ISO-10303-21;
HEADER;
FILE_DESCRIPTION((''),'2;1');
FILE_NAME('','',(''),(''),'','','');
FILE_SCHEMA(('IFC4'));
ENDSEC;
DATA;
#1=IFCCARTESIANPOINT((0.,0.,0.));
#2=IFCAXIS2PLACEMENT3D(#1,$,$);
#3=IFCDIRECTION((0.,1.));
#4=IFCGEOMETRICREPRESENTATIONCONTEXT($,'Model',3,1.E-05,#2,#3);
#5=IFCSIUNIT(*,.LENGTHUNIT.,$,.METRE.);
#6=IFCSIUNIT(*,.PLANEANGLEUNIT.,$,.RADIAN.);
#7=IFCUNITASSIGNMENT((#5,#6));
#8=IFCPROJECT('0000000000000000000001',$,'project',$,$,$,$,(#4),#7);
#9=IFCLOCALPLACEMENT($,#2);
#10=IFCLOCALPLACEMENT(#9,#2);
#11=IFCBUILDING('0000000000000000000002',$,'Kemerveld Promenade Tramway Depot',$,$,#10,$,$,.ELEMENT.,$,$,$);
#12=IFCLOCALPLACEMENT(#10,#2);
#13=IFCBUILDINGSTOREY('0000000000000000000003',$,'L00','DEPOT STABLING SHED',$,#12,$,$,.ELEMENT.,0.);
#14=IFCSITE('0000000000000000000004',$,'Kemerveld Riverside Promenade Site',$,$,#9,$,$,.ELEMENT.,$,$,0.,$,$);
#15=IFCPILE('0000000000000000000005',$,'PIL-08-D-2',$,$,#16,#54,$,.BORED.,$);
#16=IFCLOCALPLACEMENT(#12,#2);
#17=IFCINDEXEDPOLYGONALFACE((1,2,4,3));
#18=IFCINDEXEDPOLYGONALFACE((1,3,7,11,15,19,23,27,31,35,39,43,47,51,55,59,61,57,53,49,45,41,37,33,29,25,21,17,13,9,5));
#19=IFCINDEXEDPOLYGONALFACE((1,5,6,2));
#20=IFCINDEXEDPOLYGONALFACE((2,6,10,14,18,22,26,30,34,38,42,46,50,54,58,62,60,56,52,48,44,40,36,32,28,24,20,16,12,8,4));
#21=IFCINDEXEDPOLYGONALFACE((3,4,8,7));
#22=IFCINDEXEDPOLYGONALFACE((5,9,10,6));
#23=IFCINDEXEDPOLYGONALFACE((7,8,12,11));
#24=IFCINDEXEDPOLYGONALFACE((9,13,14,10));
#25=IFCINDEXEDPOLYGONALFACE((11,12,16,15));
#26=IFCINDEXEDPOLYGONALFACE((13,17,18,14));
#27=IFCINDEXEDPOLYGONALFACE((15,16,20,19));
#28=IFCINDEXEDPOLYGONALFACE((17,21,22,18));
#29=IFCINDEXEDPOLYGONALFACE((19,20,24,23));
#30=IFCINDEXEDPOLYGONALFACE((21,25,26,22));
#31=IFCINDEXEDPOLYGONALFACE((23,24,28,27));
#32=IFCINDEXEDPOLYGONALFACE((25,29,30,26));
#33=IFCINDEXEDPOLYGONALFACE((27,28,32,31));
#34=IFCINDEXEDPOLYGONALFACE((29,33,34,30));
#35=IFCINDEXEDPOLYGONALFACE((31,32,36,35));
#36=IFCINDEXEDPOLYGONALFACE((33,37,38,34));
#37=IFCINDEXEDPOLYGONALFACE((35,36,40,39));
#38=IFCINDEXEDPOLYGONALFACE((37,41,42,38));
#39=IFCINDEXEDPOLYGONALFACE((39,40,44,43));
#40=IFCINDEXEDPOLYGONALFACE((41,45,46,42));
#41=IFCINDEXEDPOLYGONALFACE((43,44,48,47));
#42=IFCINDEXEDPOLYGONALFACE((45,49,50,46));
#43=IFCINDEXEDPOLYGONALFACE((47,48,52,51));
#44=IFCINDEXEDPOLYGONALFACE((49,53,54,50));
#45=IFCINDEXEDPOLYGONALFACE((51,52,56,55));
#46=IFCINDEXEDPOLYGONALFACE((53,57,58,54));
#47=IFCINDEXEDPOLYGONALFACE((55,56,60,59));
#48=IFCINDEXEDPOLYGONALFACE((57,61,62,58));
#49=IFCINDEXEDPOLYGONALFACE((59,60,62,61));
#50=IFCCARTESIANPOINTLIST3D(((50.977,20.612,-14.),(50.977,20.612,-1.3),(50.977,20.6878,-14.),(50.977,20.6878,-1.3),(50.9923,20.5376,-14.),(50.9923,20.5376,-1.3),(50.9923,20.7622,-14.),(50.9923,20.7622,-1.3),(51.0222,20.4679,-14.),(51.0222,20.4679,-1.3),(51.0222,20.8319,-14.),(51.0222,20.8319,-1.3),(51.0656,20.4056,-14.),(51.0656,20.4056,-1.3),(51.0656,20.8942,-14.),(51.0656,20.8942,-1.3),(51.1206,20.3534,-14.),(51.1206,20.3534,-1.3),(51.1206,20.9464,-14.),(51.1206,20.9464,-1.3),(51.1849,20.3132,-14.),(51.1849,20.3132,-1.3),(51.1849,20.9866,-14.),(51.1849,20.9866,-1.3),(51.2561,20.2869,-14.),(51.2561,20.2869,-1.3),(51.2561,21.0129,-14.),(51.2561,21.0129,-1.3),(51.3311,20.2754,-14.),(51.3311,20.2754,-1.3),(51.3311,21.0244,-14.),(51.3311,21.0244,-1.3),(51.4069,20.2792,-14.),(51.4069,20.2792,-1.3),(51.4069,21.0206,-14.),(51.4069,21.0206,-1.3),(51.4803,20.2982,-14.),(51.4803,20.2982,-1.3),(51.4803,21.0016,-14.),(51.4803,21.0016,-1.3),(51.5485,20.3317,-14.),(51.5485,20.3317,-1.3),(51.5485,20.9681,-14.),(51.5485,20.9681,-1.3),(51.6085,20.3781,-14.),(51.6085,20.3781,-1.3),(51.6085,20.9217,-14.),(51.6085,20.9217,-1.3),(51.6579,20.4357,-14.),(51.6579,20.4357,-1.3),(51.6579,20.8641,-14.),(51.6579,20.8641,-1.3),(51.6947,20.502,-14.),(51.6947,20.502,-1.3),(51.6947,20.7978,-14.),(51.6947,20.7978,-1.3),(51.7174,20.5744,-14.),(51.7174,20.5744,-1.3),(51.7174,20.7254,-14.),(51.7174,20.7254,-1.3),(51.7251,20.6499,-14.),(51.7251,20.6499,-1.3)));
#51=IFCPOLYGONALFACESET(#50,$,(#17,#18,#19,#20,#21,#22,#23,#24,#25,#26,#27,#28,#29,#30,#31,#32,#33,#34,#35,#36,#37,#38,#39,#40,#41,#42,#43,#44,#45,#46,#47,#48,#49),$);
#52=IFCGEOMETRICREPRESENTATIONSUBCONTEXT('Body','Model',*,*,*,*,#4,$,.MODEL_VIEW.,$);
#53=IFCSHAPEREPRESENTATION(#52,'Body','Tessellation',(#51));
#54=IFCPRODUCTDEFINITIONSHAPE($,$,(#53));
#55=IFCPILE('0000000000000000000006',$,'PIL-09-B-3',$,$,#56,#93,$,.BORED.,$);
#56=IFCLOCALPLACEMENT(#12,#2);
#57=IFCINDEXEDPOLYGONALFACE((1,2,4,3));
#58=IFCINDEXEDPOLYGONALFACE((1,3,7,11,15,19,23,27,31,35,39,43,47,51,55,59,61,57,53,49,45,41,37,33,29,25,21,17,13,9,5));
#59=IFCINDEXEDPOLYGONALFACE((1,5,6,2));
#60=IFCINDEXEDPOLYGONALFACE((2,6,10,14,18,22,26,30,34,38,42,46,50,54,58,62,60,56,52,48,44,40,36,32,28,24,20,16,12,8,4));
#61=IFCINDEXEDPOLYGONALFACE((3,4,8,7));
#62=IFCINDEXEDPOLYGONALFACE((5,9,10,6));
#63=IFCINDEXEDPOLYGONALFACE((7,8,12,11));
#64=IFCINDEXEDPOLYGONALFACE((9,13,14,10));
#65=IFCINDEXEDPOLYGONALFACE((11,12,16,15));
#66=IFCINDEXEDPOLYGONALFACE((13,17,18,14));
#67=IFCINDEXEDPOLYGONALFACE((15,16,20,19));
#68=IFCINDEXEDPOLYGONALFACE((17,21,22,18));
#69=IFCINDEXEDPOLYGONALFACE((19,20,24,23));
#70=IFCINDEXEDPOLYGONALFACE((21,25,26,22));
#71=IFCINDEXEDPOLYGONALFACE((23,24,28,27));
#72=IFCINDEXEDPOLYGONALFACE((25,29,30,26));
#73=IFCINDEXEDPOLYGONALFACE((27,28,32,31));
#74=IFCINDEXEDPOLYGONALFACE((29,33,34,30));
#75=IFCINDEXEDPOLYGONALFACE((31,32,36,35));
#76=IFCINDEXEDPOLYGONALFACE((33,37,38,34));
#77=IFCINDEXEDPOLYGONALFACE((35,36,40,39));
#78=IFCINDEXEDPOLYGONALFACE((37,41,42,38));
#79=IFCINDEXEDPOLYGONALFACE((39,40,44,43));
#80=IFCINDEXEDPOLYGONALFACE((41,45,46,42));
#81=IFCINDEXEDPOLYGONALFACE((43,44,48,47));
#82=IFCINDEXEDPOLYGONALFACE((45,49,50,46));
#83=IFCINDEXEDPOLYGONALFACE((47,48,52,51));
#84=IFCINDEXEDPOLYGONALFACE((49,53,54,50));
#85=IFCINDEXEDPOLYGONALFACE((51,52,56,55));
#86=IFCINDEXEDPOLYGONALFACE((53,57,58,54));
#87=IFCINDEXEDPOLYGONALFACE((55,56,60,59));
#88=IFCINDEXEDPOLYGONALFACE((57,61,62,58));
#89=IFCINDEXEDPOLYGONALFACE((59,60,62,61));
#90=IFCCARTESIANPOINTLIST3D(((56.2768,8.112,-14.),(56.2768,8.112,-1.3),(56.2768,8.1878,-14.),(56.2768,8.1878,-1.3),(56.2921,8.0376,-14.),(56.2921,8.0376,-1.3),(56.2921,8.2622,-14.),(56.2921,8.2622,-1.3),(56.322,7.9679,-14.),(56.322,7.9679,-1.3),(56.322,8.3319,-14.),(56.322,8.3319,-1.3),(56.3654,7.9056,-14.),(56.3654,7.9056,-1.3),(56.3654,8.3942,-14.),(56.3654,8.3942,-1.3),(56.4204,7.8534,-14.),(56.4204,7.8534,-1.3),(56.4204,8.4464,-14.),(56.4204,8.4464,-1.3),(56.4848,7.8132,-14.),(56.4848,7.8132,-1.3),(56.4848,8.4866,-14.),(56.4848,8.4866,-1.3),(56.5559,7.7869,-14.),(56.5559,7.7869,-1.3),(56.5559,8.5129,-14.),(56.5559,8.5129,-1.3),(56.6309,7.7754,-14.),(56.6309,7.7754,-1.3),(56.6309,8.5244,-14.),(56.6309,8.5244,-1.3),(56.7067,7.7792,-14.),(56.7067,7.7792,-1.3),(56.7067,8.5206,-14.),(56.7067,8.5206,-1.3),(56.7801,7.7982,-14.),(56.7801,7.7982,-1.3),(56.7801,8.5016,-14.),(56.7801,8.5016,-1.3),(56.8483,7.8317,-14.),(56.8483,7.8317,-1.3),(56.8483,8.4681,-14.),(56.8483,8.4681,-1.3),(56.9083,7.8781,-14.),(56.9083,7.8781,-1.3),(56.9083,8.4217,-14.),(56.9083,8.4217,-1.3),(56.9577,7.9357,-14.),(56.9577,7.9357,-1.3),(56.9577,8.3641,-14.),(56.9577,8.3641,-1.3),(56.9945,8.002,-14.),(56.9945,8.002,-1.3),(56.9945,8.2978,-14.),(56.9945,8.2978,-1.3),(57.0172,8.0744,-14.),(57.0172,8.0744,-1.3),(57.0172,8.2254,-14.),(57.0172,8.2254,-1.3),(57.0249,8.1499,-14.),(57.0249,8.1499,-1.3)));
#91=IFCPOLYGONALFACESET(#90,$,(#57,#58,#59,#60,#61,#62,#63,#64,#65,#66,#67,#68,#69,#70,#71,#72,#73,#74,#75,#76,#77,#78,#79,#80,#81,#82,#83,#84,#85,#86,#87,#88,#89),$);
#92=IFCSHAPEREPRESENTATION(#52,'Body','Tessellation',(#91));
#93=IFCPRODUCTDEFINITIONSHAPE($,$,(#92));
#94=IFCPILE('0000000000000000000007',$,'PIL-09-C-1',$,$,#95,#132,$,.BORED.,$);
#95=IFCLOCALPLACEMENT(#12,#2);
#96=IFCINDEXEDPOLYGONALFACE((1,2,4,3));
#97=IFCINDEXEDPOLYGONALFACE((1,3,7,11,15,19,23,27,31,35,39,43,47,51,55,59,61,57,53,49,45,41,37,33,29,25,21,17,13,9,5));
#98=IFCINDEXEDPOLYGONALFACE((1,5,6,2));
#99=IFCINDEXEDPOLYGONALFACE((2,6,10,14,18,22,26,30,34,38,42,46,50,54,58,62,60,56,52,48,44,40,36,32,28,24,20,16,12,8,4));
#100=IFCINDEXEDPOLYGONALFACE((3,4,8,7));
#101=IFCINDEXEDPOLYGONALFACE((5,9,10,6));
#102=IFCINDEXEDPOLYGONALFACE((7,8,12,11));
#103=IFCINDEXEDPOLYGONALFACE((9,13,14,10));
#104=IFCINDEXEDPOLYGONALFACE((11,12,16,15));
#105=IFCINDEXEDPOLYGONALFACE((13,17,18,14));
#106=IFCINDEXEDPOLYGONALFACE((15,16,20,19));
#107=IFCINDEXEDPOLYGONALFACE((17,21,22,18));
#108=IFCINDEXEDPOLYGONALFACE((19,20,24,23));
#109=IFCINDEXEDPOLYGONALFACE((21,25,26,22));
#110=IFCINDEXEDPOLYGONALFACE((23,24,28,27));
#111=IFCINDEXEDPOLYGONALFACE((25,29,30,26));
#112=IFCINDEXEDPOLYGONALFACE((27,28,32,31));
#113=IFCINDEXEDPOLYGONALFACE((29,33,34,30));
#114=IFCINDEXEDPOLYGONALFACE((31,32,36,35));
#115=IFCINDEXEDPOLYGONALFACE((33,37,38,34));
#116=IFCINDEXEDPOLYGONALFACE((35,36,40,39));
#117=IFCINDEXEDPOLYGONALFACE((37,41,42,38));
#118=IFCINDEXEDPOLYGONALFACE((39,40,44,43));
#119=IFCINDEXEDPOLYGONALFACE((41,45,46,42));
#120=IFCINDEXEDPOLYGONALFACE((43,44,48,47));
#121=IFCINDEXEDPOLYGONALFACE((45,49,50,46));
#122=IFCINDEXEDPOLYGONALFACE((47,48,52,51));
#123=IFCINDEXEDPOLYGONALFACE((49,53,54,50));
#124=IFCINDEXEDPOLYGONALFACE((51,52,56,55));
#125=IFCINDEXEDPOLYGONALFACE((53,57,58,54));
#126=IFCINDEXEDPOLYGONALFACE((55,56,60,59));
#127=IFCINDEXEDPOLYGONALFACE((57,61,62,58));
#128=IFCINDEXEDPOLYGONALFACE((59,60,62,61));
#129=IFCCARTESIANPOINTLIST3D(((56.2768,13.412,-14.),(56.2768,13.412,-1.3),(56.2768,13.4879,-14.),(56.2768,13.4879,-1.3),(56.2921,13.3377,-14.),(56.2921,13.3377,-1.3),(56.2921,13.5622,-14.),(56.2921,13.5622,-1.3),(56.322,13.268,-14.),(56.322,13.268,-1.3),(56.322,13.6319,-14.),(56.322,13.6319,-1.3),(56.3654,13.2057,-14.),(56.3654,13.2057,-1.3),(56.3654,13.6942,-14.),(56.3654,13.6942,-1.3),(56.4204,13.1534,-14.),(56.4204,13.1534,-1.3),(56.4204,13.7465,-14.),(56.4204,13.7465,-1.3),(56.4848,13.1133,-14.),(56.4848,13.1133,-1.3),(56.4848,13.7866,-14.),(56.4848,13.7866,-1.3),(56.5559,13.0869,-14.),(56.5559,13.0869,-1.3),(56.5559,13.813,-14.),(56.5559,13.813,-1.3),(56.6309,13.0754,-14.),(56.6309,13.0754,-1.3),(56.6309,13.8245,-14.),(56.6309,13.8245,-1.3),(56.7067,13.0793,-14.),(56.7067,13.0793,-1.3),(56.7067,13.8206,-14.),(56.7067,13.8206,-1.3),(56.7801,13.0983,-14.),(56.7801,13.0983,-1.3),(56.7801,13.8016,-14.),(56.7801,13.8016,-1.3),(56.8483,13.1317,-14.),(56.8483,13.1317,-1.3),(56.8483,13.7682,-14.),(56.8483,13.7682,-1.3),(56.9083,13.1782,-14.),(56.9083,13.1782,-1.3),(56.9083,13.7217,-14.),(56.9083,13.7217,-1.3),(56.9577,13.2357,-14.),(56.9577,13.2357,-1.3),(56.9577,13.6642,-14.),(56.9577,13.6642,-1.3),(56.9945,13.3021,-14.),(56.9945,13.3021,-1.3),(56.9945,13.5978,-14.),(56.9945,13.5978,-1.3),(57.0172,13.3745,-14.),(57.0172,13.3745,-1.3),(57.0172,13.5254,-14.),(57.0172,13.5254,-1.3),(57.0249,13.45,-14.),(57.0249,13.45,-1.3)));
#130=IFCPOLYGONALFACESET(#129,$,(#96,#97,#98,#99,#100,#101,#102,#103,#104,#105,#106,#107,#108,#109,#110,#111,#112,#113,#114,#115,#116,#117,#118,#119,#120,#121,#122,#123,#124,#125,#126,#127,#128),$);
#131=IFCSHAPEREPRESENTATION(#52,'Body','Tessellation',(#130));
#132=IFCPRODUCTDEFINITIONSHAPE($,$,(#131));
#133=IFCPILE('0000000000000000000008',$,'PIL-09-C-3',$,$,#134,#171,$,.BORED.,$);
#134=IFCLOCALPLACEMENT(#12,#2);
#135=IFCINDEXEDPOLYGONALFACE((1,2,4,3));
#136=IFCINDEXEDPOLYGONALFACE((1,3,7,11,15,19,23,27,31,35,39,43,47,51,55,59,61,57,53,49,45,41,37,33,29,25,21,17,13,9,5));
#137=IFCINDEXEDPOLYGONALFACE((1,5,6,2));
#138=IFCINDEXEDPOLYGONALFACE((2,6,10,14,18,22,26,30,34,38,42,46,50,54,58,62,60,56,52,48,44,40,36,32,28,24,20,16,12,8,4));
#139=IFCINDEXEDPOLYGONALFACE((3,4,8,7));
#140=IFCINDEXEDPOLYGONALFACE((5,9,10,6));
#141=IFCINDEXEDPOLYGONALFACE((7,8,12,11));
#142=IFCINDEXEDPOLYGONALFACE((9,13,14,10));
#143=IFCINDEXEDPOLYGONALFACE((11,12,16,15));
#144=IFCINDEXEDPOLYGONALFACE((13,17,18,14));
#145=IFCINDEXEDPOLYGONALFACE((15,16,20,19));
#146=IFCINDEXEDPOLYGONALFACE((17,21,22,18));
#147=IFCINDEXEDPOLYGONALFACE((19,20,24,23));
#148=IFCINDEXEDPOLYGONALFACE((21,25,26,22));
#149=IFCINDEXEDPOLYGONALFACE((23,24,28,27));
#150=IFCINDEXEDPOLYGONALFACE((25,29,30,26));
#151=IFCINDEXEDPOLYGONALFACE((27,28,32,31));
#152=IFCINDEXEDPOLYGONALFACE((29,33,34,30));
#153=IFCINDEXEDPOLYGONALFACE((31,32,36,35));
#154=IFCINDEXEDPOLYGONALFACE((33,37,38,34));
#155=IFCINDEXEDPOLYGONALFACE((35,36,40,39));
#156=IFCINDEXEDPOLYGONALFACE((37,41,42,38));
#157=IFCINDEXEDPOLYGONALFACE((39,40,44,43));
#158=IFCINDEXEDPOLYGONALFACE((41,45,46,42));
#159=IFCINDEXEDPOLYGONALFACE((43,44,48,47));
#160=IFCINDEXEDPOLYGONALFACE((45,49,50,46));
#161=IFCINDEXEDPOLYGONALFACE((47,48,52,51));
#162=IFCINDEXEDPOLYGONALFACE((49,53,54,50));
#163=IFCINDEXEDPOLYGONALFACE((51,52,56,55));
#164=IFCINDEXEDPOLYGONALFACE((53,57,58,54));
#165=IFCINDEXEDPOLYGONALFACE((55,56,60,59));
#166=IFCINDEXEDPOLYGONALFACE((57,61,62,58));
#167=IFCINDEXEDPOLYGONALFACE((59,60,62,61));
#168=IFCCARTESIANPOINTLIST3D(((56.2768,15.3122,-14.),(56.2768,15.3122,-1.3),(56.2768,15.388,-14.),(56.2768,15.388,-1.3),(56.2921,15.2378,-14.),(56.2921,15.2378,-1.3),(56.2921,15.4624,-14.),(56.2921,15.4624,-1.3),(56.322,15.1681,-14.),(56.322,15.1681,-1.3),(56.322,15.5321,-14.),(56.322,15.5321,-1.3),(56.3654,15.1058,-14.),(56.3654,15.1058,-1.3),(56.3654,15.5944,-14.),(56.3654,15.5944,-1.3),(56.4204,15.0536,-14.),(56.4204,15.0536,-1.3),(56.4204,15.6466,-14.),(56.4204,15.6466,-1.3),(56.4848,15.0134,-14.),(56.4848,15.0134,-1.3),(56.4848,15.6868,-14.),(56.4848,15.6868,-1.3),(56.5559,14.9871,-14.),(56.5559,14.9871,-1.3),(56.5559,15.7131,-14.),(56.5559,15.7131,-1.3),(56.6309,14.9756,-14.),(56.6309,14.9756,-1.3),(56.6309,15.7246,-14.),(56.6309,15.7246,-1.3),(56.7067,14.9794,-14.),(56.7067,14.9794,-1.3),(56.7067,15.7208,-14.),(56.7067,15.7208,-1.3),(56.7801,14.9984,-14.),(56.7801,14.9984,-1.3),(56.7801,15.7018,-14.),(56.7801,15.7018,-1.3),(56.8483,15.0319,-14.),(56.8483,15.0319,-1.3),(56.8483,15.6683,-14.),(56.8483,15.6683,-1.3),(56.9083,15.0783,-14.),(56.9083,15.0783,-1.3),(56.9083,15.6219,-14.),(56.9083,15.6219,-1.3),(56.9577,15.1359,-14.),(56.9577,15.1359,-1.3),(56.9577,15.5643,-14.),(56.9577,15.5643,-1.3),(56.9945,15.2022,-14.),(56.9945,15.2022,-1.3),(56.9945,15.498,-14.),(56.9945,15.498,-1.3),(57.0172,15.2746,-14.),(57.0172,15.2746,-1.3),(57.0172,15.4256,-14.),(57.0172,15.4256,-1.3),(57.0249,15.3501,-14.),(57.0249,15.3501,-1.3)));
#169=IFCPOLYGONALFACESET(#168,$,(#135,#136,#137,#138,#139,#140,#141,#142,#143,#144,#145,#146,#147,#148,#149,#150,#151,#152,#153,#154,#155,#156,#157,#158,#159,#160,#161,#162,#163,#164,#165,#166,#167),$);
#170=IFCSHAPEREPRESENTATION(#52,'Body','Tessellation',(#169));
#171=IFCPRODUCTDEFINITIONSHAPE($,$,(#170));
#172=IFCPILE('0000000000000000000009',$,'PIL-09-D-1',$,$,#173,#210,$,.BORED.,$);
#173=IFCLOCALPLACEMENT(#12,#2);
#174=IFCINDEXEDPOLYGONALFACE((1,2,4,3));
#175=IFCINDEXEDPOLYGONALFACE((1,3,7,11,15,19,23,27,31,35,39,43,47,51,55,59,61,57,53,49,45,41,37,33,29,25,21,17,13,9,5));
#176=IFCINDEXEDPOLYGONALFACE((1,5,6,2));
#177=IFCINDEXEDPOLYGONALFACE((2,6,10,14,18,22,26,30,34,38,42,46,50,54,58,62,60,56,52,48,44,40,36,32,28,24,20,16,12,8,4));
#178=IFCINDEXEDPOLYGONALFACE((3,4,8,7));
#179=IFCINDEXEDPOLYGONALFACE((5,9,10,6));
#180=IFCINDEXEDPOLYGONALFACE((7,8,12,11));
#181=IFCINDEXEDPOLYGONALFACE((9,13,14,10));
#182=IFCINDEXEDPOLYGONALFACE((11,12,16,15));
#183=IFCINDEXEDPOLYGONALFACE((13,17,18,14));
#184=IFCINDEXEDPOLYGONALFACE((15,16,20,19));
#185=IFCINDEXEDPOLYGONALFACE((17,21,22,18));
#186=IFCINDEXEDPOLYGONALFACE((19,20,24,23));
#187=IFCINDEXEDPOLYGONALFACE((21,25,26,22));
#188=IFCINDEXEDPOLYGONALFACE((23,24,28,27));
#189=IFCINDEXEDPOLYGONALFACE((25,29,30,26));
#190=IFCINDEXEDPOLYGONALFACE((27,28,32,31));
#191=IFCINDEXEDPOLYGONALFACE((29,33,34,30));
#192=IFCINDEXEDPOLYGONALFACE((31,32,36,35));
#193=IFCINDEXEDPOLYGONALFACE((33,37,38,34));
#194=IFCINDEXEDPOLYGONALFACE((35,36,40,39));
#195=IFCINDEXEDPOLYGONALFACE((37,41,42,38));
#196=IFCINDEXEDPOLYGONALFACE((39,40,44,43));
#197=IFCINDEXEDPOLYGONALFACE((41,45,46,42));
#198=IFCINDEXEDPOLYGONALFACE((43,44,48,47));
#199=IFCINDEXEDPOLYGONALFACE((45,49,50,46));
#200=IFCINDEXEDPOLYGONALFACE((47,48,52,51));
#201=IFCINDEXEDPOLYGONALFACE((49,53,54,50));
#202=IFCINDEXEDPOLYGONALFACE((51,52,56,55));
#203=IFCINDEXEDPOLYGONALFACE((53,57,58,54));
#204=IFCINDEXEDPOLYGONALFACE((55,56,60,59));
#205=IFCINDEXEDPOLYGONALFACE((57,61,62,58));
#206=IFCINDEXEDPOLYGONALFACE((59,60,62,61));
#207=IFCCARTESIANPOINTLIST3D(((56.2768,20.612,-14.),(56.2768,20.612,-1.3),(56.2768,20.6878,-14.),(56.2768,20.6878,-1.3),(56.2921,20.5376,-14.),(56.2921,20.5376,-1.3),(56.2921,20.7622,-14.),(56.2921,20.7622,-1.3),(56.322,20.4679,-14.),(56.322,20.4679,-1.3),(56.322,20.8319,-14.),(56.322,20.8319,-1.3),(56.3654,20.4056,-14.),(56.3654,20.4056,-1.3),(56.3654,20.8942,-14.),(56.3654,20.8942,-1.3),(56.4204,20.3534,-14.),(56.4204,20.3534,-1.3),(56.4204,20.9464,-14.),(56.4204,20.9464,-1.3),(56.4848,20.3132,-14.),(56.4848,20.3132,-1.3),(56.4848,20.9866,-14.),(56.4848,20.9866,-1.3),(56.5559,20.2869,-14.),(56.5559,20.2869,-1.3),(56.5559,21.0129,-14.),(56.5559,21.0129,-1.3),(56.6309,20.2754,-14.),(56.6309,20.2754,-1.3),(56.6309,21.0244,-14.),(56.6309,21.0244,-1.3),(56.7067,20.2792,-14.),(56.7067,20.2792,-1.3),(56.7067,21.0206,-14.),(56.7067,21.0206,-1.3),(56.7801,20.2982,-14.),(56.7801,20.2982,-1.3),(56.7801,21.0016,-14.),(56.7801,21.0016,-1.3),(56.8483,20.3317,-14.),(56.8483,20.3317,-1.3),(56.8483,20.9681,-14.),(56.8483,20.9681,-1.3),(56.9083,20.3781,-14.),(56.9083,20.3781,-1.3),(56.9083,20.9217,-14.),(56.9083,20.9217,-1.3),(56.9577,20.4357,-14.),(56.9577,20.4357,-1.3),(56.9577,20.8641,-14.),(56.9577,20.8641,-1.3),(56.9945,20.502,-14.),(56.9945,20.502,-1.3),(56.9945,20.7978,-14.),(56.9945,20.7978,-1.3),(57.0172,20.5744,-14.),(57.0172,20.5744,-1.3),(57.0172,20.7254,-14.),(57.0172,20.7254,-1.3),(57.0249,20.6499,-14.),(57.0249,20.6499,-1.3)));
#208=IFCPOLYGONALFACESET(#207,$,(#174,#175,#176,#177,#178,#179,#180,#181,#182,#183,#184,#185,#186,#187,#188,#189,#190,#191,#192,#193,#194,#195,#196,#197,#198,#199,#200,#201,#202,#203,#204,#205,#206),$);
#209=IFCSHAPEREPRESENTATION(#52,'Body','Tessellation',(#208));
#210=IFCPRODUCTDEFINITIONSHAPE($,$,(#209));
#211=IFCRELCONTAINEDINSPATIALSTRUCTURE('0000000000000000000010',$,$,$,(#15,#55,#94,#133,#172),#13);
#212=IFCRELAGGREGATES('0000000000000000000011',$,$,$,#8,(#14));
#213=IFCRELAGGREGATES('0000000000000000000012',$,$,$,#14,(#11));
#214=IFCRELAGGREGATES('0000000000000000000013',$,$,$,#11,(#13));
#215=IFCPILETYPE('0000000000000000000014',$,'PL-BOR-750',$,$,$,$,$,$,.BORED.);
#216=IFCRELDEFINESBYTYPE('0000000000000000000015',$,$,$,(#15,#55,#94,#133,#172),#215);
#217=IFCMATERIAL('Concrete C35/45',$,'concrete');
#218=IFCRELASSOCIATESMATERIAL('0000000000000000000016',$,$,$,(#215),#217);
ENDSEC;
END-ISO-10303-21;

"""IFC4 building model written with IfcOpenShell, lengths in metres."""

from ifc_helpers import new_model, si_unit, direction, frame, origin, origin_2d, place, context, subcontext, project, spatial, circle, extrude, material, material_profile, profile_set, type_object, element, save


model = new_model("IFC4")

# Units and contexts
model_context = context("Model", 3, precision=1e-05, world=origin(), true_north=direction((0.0, 1.0)))
body_context = subcontext(model_context, "Body", "Model", "MODEL_VIEW")
ifc_project = project(units=[si_unit("LENGTHUNIT", "METRE"), si_unit("PLANEANGLEUNIT", "RADIAN")], contexts=[model_context])

# Site, building, storey
site_placement = place(None, origin())
site = spatial("IfcSite", under=ifc_project, at=site_placement, Name="Kemerveld Riverside Promenade Site", CompositionType="ELEMENT", RefElevation=0.0)
building_placement = place(site_placement, origin())
building = spatial("IfcBuilding", under=site, at=building_placement, Name="Kemerveld Promenade Tramway Depot", CompositionType="ELEMENT")
storey_placement = place(building_placement, origin())
storey = spatial("IfcBuildingStorey", under=building, at=storey_placement, Name="L00", Description="DEPOT STABLING SHED", CompositionType="ELEMENT", Elevation=0.0)

# Shared definitions
ifc_material_1 = material(Name="Concrete C35/45", Category="concrete")

# Piles
ifc_material_profile_1 = material_profile(ifc_material_1, circle(Radius=0.375, at=origin_2d()), Name="PILE-D750")
ifc_profile_set_1 = profile_set([ifc_material_profile_1], Name="Concrete C35/45")
pile_type = type_object("IfcPileType", Name="PL-BOR-750", PredefinedType="BORED", material=ifc_profile_set_1)
for number, where, z_axis, x_axis, name in (
    (1, (51.3501, 20.6499, -1.3), (0.0, 0.0, -1.0), (1.0, 0.0, 0.0), "PIL-08-D-2"),
    (2, (56.6499, 8.1499, -1.3), (0.0, 0.0, -1.0), (1.0, 0.0, 0.0), "PIL-09-B-3"),
    (3, (56.6499, 13.45, -1.3), (0.0, 0.0, -1.0), (1.0, 0.0, 0.0), "PIL-09-C-1"),
    (4, (56.6499, 15.3501, -1.3), (0.0, 0.0, -1.0), (1.0, 0.0, 0.0), "PIL-09-C-3"),
    (5, (56.6499, 20.6499, -1.3), (0.0, 0.0, -1.0), (1.0, 0.0, 0.0), "PIL-09-D-1"),
):
    element("IfcPile", number, at=place(storey_placement, frame(where, z_axis=z_axis, x_axis=x_axis)), inside=storey, type_object=pile_type, Name=name, PredefinedType="BORED", context=body_context, shape_type="SweptSolid", body=[
        extrude(circle(Radius=0.375, at=origin_2d()), origin(), (0.0, 0.0, 1.0), 12.7),
    ])

save(model, "model.ifc")
